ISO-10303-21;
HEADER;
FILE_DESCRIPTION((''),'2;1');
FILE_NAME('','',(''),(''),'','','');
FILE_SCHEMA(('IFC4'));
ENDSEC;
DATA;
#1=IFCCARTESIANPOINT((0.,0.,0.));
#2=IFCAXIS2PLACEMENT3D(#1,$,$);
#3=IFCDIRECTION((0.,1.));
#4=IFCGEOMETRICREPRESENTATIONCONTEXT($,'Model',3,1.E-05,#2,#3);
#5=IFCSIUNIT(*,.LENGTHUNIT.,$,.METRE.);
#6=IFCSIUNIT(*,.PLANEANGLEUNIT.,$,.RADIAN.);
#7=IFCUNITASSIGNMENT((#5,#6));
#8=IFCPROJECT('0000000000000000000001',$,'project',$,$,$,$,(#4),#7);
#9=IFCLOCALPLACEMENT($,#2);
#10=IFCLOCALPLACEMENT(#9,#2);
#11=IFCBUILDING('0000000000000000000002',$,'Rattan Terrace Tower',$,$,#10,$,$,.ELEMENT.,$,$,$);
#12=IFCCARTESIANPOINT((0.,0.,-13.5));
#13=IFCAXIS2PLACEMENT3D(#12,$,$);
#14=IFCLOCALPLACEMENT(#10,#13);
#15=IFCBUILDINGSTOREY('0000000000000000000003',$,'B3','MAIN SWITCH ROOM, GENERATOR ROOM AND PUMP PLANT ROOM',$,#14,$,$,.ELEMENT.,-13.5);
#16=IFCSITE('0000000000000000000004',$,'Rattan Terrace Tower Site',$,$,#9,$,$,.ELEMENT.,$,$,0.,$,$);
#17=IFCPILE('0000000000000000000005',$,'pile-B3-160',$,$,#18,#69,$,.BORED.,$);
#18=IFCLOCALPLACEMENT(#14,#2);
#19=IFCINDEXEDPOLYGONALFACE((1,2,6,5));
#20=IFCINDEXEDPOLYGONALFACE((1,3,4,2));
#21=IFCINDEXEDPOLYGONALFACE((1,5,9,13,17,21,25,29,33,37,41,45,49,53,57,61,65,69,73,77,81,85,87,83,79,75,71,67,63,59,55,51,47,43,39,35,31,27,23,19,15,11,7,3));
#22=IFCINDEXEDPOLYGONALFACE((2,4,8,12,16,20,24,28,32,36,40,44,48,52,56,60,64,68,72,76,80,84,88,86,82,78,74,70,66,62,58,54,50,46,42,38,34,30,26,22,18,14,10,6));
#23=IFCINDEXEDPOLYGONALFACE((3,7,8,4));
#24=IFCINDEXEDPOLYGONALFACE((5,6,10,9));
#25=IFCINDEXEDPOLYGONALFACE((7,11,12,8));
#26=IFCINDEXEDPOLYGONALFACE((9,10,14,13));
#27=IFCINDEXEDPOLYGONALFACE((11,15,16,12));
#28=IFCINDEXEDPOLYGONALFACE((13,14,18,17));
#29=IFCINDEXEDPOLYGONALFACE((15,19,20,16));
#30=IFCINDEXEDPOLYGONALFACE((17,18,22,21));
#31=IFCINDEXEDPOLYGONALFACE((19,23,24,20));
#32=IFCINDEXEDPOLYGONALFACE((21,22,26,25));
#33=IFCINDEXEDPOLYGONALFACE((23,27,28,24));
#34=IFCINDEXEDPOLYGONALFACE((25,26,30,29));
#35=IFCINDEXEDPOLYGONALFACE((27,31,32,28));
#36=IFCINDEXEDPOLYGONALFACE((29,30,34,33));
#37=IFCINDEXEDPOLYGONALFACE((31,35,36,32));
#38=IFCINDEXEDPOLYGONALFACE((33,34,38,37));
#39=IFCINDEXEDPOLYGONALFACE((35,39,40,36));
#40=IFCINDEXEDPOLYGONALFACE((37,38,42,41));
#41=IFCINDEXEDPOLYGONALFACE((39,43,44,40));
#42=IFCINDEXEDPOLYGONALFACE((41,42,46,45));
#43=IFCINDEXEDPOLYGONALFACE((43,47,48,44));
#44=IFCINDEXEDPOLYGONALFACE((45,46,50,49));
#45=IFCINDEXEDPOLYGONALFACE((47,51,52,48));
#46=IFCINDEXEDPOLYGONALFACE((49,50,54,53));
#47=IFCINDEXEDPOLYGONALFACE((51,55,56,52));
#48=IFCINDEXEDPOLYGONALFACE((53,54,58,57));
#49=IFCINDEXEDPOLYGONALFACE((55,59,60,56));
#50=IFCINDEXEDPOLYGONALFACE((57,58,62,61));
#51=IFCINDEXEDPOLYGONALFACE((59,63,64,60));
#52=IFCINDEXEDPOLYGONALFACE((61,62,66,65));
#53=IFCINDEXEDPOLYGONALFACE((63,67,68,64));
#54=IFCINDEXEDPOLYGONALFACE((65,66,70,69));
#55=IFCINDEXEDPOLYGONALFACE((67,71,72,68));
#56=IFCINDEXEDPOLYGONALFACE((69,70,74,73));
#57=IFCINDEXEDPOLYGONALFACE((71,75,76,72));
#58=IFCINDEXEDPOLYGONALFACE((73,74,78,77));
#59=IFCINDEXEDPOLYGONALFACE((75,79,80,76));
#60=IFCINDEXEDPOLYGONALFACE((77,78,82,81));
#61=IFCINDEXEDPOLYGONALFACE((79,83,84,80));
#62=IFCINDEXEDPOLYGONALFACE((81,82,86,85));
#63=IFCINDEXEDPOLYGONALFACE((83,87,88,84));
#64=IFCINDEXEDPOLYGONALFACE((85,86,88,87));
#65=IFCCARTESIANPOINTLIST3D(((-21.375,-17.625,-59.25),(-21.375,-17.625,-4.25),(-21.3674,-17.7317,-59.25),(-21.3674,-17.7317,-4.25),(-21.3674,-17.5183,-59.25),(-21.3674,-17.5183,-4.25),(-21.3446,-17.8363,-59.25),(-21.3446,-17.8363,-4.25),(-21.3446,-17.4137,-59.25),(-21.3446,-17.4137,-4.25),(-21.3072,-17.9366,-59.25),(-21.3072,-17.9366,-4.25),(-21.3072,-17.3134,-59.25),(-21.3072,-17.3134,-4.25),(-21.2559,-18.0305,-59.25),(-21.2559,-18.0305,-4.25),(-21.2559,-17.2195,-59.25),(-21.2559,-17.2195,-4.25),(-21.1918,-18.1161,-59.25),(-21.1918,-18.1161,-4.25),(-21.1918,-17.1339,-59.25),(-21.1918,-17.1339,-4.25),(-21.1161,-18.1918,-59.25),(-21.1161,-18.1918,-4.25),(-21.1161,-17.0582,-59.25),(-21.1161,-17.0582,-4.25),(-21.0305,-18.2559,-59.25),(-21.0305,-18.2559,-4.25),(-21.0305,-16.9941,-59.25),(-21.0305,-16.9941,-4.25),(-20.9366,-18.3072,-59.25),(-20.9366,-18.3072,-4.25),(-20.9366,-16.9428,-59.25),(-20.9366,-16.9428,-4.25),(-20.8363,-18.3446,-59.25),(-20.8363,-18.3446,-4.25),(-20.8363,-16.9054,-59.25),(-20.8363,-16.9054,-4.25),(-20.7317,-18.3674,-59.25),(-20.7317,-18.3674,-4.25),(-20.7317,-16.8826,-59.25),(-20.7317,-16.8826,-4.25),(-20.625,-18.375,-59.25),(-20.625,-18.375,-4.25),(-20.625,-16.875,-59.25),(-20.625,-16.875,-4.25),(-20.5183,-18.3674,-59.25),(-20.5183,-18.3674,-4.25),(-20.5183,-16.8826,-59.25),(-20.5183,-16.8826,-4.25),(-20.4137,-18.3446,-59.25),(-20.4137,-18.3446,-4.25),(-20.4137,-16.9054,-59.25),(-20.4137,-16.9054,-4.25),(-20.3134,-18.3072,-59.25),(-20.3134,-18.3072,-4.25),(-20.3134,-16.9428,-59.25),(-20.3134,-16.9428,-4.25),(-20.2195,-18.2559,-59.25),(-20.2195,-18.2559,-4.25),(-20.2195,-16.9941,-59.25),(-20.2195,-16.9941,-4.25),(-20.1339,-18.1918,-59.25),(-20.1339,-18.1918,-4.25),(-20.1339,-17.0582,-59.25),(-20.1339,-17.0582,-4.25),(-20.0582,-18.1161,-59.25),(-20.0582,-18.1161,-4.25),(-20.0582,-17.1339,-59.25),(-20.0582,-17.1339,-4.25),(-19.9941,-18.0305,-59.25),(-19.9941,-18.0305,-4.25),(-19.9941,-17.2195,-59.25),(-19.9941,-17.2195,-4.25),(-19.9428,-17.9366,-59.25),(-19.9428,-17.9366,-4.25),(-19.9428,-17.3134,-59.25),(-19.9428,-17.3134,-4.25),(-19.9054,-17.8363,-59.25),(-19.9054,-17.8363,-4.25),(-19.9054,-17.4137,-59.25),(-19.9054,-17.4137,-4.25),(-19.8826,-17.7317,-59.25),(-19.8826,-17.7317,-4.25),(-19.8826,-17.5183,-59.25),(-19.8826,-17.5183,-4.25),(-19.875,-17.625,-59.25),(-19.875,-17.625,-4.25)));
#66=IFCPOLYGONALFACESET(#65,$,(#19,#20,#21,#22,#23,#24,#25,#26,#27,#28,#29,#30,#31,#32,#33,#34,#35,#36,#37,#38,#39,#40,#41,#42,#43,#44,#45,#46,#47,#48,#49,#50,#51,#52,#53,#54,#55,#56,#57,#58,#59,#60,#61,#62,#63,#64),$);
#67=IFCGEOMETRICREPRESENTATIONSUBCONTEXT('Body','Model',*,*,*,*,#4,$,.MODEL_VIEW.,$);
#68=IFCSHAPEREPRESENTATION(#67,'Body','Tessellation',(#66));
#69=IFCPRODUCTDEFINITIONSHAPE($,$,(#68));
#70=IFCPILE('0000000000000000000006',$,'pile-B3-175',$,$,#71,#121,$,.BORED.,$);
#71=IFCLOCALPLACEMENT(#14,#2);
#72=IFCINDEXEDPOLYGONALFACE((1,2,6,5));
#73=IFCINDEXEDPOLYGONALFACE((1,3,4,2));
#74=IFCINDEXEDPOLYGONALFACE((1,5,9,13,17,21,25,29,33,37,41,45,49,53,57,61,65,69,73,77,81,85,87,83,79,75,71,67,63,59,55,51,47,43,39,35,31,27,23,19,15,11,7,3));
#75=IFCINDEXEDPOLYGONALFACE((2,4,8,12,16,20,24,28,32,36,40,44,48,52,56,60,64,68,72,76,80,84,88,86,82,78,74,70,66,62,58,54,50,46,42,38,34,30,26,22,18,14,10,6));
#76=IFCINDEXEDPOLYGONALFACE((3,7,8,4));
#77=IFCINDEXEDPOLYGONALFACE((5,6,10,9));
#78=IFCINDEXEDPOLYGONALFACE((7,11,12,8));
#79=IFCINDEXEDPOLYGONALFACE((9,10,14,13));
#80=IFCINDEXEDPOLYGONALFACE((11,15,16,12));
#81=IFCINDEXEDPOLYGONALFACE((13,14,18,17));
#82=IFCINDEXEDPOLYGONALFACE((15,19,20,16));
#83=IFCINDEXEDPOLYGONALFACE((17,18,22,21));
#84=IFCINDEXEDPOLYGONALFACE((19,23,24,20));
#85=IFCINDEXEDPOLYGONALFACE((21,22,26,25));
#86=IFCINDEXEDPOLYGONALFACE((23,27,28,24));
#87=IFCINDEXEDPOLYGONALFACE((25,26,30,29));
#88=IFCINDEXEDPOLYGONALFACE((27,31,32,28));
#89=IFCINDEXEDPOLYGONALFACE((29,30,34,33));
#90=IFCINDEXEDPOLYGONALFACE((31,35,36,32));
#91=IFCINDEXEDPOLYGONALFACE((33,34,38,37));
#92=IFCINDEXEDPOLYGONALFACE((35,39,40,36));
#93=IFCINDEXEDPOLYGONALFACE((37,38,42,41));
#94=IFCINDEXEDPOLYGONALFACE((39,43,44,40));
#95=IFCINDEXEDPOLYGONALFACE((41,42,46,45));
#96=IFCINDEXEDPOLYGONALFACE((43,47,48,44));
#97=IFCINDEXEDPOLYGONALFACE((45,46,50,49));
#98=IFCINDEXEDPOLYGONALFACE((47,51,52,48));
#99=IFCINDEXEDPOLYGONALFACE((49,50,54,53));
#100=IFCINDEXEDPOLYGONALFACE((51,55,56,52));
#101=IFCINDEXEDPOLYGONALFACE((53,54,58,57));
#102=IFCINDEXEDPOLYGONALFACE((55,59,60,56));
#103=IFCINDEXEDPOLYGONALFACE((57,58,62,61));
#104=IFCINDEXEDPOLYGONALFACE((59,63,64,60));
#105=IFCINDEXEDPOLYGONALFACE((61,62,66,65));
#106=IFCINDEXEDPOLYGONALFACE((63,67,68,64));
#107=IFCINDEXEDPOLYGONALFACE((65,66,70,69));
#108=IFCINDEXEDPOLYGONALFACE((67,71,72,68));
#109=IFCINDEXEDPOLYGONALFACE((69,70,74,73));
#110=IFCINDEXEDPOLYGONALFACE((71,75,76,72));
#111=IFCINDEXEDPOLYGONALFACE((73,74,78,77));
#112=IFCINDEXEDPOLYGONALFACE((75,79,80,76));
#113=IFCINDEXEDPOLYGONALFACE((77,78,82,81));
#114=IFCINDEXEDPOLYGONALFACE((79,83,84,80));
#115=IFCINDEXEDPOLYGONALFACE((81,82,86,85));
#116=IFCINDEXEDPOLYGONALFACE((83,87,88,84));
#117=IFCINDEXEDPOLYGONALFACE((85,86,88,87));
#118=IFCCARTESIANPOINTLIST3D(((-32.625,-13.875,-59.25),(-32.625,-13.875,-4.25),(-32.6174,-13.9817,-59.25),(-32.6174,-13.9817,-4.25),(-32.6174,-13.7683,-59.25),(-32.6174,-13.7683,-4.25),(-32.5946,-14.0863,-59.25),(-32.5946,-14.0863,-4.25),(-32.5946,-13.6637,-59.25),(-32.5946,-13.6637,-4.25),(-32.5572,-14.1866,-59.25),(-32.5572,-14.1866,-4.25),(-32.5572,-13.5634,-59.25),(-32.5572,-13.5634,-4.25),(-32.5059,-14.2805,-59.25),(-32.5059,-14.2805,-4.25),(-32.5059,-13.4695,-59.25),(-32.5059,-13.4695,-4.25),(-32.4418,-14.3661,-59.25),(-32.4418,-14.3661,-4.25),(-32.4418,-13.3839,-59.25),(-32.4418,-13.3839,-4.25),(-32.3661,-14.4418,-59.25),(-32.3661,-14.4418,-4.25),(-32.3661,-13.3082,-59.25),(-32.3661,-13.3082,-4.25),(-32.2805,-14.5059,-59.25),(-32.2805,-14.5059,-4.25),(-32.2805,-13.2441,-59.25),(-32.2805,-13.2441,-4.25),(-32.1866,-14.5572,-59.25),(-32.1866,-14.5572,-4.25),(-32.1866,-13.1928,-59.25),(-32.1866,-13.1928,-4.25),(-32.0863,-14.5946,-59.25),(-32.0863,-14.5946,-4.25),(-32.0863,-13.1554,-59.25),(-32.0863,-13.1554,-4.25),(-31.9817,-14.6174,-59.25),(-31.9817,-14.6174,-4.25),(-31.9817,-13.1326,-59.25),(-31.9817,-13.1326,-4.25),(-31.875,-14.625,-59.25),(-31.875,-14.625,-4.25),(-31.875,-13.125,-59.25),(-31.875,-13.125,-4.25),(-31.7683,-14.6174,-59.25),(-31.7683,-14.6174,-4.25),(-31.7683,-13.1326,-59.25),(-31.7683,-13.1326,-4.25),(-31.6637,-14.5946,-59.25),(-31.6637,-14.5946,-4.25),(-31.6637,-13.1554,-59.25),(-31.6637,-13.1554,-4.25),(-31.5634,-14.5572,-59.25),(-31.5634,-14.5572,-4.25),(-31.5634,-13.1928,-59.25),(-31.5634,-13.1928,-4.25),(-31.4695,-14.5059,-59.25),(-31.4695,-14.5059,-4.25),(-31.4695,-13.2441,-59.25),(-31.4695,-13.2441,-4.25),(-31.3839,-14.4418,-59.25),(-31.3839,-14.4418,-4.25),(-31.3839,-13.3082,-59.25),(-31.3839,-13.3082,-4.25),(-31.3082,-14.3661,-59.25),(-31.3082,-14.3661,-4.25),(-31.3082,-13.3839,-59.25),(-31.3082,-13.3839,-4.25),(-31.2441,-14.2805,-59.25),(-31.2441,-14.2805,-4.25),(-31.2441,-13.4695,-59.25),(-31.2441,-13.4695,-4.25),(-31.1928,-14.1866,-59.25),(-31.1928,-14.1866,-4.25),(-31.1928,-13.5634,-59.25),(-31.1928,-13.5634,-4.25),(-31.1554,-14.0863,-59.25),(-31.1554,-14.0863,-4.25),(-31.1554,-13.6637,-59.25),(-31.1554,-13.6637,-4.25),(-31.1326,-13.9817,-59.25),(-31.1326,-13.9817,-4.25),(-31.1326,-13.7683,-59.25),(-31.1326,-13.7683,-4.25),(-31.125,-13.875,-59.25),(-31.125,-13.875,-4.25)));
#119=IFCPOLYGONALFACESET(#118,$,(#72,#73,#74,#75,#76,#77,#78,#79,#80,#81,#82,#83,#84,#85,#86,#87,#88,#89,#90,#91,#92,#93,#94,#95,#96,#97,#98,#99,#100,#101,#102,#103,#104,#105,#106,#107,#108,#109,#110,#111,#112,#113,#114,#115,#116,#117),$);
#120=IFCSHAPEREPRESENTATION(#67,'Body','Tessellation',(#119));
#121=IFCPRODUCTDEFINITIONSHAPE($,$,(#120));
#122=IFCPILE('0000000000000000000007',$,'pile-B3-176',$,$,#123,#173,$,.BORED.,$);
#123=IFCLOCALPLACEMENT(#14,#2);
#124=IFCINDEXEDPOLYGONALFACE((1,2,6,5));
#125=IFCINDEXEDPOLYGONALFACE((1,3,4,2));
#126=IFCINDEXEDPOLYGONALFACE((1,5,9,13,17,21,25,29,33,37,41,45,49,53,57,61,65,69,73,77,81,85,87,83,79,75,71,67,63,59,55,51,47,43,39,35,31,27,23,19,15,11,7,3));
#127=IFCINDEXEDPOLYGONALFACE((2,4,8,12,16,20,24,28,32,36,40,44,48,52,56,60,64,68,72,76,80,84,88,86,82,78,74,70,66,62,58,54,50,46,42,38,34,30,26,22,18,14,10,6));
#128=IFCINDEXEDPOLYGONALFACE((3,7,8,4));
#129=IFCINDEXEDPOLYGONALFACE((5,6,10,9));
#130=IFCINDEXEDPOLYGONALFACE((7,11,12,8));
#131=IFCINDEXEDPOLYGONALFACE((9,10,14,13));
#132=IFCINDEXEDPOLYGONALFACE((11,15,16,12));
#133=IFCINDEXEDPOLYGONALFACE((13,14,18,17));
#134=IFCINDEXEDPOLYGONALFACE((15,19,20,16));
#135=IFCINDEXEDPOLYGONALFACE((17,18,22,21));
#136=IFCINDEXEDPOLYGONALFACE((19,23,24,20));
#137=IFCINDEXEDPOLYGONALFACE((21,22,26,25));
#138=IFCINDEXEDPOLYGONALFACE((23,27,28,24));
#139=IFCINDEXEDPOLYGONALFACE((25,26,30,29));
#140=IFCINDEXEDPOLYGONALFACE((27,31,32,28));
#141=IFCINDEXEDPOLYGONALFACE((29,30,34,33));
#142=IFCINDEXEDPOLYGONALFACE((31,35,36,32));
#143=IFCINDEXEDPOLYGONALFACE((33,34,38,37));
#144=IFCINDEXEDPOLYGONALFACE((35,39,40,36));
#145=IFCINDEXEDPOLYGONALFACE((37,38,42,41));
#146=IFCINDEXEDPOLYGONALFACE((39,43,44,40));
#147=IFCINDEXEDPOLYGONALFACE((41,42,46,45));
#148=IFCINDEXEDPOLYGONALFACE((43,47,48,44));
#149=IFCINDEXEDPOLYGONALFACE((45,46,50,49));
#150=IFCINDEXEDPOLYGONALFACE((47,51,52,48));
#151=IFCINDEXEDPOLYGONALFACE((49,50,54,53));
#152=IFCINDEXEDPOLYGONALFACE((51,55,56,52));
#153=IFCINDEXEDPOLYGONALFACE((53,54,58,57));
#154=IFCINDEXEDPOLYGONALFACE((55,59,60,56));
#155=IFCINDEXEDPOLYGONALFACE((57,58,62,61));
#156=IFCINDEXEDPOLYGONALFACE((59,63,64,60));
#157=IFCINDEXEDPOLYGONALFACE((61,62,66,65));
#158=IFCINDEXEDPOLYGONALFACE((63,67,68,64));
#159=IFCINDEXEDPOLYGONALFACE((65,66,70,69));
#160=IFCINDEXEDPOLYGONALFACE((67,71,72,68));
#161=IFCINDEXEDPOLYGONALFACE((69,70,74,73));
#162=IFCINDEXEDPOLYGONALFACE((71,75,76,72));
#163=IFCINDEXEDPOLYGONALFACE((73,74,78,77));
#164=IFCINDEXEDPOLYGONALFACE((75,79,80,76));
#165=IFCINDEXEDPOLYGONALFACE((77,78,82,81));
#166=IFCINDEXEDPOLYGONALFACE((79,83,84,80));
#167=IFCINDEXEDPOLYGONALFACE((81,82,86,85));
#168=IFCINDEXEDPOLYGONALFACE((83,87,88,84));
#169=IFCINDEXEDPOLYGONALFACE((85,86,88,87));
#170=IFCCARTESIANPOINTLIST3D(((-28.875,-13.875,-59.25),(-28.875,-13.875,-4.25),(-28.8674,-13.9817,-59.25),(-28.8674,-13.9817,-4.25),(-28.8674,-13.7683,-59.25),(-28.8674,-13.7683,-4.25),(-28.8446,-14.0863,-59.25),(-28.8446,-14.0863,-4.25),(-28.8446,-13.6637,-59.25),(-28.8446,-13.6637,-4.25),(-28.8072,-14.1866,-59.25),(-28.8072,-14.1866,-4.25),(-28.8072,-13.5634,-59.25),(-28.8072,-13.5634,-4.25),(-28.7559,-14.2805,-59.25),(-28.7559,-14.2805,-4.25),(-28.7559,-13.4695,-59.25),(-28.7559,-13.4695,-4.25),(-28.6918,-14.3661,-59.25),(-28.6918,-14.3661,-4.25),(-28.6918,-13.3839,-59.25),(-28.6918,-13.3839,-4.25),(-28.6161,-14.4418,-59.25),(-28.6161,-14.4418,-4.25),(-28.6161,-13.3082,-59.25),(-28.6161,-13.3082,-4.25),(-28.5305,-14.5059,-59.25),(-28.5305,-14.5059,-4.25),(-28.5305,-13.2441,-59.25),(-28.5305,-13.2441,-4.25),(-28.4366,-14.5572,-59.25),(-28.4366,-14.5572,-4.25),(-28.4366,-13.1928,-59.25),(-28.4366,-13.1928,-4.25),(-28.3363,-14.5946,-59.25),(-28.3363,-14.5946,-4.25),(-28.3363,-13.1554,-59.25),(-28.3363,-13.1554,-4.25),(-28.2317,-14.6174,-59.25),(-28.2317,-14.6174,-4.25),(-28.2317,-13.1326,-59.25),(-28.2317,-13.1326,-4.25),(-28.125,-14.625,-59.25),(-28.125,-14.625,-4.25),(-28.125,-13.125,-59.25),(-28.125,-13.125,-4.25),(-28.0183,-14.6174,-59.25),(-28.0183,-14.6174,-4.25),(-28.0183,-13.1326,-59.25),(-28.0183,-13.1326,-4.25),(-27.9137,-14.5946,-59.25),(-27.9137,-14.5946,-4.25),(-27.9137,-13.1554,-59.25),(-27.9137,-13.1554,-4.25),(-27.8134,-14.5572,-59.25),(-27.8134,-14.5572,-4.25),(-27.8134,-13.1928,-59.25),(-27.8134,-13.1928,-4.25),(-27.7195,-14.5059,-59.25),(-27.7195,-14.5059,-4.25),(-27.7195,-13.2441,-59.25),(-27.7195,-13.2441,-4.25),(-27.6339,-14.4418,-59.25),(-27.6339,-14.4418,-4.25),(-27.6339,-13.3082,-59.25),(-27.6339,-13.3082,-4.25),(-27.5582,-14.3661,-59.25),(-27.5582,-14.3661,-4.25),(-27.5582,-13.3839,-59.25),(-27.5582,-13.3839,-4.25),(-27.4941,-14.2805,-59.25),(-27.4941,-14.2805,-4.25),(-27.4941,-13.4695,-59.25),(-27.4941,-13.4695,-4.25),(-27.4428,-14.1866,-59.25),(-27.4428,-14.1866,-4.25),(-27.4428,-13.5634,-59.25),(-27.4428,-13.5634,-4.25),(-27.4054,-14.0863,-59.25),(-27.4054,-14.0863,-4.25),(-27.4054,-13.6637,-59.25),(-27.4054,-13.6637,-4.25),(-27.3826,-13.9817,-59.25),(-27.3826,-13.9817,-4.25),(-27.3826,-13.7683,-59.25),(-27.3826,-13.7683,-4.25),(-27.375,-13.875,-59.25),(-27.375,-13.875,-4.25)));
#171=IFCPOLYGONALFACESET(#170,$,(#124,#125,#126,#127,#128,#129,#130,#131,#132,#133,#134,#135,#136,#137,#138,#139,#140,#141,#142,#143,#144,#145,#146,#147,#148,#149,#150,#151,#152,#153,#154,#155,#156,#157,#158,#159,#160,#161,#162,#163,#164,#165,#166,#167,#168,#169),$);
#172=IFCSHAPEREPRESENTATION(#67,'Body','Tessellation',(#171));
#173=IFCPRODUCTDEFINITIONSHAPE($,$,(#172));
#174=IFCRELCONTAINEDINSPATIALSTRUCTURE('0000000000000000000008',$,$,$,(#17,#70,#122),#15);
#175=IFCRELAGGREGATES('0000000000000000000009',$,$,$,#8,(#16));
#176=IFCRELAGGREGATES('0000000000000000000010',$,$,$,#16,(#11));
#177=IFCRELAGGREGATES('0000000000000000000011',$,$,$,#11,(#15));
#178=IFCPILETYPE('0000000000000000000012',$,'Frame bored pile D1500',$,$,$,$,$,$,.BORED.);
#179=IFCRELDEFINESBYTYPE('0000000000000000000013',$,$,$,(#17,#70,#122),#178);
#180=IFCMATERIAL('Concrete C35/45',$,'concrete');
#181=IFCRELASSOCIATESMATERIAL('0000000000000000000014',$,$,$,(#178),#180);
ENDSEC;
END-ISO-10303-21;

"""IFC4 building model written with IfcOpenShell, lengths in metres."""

from ifc_helpers import new_model, si_unit, direction, frame, origin, origin_2d, place, context, subcontext, project, spatial, circle, extrude, material, material_profile, profile_set, type_object, element, save


model = new_model("IFC4")

# Units and contexts
model_context = context("Model", 3, precision=1e-05, world=origin(), true_north=direction((0.0, 1.0)))
body_context = subcontext(model_context, "Body", "Model", "MODEL_VIEW")
ifc_project = project(units=[si_unit("LENGTHUNIT", "METRE"), si_unit("PLANEANGLEUNIT", "RADIAN")], contexts=[model_context])

# Site, building, storey
site_placement = place(None, origin())
site = spatial("IfcSite", under=ifc_project, at=site_placement, Name="Rattan Terrace Tower Site", CompositionType="ELEMENT", RefElevation=0.0)
building_placement = place(site_placement, origin())
building = spatial("IfcBuilding", under=site, at=building_placement, Name="Rattan Terrace Tower", CompositionType="ELEMENT")
storey_placement = place(building_placement, frame((0.0, 0.0, -13.5)))
storey = spatial("IfcBuildingStorey", under=building, at=storey_placement, Name="B3", Description="MAIN SWITCH ROOM, GENERATOR ROOM AND PUMP PLANT ROOM", CompositionType="ELEMENT", Elevation=-13.5)

# Piles
ifc_material_1 = material(Name="Concrete C35/45", Category="concrete")
ifc_material_profile_1 = material_profile(ifc_material_1, circle(Radius=0.75, at=origin_2d()), Name="PILE D1500")
ifc_profile_set_1 = profile_set([ifc_material_profile_1], Name="Concrete C35/45")
pile_type = type_object("IfcPileType", Name="Frame bored pile D1500", PredefinedType="BORED", material=ifc_profile_set_1)
for number, where, z_axis, x_axis, name in (
    (1, (-20.625, -17.625, -4.25), (0.0, 0.0, -1.0), (1.0, 0.0, 0.0), "pile-B3-160"),
    (2, (-31.875, -13.875, -4.25), (0.0, 0.0, -1.0), (1.0, 0.0, 0.0), "pile-B3-175"),
    (3, (-28.125, -13.875, -4.25), (0.0, 0.0, -1.0), (1.0, 0.0, 0.0), "pile-B3-176"),
):
    element("IfcPile", number, at=place(storey_placement, frame(where, z_axis=z_axis, x_axis=x_axis)), inside=storey, type_object=pile_type, Name=name, PredefinedType="BORED", context=body_context, shape_type="SweptSolid", body=[
        extrude(circle(Radius=0.75, at=origin_2d()), origin(), (0.0, 0.0, 1.0), 55.0),
    ])

save(model, "model.ifc")
